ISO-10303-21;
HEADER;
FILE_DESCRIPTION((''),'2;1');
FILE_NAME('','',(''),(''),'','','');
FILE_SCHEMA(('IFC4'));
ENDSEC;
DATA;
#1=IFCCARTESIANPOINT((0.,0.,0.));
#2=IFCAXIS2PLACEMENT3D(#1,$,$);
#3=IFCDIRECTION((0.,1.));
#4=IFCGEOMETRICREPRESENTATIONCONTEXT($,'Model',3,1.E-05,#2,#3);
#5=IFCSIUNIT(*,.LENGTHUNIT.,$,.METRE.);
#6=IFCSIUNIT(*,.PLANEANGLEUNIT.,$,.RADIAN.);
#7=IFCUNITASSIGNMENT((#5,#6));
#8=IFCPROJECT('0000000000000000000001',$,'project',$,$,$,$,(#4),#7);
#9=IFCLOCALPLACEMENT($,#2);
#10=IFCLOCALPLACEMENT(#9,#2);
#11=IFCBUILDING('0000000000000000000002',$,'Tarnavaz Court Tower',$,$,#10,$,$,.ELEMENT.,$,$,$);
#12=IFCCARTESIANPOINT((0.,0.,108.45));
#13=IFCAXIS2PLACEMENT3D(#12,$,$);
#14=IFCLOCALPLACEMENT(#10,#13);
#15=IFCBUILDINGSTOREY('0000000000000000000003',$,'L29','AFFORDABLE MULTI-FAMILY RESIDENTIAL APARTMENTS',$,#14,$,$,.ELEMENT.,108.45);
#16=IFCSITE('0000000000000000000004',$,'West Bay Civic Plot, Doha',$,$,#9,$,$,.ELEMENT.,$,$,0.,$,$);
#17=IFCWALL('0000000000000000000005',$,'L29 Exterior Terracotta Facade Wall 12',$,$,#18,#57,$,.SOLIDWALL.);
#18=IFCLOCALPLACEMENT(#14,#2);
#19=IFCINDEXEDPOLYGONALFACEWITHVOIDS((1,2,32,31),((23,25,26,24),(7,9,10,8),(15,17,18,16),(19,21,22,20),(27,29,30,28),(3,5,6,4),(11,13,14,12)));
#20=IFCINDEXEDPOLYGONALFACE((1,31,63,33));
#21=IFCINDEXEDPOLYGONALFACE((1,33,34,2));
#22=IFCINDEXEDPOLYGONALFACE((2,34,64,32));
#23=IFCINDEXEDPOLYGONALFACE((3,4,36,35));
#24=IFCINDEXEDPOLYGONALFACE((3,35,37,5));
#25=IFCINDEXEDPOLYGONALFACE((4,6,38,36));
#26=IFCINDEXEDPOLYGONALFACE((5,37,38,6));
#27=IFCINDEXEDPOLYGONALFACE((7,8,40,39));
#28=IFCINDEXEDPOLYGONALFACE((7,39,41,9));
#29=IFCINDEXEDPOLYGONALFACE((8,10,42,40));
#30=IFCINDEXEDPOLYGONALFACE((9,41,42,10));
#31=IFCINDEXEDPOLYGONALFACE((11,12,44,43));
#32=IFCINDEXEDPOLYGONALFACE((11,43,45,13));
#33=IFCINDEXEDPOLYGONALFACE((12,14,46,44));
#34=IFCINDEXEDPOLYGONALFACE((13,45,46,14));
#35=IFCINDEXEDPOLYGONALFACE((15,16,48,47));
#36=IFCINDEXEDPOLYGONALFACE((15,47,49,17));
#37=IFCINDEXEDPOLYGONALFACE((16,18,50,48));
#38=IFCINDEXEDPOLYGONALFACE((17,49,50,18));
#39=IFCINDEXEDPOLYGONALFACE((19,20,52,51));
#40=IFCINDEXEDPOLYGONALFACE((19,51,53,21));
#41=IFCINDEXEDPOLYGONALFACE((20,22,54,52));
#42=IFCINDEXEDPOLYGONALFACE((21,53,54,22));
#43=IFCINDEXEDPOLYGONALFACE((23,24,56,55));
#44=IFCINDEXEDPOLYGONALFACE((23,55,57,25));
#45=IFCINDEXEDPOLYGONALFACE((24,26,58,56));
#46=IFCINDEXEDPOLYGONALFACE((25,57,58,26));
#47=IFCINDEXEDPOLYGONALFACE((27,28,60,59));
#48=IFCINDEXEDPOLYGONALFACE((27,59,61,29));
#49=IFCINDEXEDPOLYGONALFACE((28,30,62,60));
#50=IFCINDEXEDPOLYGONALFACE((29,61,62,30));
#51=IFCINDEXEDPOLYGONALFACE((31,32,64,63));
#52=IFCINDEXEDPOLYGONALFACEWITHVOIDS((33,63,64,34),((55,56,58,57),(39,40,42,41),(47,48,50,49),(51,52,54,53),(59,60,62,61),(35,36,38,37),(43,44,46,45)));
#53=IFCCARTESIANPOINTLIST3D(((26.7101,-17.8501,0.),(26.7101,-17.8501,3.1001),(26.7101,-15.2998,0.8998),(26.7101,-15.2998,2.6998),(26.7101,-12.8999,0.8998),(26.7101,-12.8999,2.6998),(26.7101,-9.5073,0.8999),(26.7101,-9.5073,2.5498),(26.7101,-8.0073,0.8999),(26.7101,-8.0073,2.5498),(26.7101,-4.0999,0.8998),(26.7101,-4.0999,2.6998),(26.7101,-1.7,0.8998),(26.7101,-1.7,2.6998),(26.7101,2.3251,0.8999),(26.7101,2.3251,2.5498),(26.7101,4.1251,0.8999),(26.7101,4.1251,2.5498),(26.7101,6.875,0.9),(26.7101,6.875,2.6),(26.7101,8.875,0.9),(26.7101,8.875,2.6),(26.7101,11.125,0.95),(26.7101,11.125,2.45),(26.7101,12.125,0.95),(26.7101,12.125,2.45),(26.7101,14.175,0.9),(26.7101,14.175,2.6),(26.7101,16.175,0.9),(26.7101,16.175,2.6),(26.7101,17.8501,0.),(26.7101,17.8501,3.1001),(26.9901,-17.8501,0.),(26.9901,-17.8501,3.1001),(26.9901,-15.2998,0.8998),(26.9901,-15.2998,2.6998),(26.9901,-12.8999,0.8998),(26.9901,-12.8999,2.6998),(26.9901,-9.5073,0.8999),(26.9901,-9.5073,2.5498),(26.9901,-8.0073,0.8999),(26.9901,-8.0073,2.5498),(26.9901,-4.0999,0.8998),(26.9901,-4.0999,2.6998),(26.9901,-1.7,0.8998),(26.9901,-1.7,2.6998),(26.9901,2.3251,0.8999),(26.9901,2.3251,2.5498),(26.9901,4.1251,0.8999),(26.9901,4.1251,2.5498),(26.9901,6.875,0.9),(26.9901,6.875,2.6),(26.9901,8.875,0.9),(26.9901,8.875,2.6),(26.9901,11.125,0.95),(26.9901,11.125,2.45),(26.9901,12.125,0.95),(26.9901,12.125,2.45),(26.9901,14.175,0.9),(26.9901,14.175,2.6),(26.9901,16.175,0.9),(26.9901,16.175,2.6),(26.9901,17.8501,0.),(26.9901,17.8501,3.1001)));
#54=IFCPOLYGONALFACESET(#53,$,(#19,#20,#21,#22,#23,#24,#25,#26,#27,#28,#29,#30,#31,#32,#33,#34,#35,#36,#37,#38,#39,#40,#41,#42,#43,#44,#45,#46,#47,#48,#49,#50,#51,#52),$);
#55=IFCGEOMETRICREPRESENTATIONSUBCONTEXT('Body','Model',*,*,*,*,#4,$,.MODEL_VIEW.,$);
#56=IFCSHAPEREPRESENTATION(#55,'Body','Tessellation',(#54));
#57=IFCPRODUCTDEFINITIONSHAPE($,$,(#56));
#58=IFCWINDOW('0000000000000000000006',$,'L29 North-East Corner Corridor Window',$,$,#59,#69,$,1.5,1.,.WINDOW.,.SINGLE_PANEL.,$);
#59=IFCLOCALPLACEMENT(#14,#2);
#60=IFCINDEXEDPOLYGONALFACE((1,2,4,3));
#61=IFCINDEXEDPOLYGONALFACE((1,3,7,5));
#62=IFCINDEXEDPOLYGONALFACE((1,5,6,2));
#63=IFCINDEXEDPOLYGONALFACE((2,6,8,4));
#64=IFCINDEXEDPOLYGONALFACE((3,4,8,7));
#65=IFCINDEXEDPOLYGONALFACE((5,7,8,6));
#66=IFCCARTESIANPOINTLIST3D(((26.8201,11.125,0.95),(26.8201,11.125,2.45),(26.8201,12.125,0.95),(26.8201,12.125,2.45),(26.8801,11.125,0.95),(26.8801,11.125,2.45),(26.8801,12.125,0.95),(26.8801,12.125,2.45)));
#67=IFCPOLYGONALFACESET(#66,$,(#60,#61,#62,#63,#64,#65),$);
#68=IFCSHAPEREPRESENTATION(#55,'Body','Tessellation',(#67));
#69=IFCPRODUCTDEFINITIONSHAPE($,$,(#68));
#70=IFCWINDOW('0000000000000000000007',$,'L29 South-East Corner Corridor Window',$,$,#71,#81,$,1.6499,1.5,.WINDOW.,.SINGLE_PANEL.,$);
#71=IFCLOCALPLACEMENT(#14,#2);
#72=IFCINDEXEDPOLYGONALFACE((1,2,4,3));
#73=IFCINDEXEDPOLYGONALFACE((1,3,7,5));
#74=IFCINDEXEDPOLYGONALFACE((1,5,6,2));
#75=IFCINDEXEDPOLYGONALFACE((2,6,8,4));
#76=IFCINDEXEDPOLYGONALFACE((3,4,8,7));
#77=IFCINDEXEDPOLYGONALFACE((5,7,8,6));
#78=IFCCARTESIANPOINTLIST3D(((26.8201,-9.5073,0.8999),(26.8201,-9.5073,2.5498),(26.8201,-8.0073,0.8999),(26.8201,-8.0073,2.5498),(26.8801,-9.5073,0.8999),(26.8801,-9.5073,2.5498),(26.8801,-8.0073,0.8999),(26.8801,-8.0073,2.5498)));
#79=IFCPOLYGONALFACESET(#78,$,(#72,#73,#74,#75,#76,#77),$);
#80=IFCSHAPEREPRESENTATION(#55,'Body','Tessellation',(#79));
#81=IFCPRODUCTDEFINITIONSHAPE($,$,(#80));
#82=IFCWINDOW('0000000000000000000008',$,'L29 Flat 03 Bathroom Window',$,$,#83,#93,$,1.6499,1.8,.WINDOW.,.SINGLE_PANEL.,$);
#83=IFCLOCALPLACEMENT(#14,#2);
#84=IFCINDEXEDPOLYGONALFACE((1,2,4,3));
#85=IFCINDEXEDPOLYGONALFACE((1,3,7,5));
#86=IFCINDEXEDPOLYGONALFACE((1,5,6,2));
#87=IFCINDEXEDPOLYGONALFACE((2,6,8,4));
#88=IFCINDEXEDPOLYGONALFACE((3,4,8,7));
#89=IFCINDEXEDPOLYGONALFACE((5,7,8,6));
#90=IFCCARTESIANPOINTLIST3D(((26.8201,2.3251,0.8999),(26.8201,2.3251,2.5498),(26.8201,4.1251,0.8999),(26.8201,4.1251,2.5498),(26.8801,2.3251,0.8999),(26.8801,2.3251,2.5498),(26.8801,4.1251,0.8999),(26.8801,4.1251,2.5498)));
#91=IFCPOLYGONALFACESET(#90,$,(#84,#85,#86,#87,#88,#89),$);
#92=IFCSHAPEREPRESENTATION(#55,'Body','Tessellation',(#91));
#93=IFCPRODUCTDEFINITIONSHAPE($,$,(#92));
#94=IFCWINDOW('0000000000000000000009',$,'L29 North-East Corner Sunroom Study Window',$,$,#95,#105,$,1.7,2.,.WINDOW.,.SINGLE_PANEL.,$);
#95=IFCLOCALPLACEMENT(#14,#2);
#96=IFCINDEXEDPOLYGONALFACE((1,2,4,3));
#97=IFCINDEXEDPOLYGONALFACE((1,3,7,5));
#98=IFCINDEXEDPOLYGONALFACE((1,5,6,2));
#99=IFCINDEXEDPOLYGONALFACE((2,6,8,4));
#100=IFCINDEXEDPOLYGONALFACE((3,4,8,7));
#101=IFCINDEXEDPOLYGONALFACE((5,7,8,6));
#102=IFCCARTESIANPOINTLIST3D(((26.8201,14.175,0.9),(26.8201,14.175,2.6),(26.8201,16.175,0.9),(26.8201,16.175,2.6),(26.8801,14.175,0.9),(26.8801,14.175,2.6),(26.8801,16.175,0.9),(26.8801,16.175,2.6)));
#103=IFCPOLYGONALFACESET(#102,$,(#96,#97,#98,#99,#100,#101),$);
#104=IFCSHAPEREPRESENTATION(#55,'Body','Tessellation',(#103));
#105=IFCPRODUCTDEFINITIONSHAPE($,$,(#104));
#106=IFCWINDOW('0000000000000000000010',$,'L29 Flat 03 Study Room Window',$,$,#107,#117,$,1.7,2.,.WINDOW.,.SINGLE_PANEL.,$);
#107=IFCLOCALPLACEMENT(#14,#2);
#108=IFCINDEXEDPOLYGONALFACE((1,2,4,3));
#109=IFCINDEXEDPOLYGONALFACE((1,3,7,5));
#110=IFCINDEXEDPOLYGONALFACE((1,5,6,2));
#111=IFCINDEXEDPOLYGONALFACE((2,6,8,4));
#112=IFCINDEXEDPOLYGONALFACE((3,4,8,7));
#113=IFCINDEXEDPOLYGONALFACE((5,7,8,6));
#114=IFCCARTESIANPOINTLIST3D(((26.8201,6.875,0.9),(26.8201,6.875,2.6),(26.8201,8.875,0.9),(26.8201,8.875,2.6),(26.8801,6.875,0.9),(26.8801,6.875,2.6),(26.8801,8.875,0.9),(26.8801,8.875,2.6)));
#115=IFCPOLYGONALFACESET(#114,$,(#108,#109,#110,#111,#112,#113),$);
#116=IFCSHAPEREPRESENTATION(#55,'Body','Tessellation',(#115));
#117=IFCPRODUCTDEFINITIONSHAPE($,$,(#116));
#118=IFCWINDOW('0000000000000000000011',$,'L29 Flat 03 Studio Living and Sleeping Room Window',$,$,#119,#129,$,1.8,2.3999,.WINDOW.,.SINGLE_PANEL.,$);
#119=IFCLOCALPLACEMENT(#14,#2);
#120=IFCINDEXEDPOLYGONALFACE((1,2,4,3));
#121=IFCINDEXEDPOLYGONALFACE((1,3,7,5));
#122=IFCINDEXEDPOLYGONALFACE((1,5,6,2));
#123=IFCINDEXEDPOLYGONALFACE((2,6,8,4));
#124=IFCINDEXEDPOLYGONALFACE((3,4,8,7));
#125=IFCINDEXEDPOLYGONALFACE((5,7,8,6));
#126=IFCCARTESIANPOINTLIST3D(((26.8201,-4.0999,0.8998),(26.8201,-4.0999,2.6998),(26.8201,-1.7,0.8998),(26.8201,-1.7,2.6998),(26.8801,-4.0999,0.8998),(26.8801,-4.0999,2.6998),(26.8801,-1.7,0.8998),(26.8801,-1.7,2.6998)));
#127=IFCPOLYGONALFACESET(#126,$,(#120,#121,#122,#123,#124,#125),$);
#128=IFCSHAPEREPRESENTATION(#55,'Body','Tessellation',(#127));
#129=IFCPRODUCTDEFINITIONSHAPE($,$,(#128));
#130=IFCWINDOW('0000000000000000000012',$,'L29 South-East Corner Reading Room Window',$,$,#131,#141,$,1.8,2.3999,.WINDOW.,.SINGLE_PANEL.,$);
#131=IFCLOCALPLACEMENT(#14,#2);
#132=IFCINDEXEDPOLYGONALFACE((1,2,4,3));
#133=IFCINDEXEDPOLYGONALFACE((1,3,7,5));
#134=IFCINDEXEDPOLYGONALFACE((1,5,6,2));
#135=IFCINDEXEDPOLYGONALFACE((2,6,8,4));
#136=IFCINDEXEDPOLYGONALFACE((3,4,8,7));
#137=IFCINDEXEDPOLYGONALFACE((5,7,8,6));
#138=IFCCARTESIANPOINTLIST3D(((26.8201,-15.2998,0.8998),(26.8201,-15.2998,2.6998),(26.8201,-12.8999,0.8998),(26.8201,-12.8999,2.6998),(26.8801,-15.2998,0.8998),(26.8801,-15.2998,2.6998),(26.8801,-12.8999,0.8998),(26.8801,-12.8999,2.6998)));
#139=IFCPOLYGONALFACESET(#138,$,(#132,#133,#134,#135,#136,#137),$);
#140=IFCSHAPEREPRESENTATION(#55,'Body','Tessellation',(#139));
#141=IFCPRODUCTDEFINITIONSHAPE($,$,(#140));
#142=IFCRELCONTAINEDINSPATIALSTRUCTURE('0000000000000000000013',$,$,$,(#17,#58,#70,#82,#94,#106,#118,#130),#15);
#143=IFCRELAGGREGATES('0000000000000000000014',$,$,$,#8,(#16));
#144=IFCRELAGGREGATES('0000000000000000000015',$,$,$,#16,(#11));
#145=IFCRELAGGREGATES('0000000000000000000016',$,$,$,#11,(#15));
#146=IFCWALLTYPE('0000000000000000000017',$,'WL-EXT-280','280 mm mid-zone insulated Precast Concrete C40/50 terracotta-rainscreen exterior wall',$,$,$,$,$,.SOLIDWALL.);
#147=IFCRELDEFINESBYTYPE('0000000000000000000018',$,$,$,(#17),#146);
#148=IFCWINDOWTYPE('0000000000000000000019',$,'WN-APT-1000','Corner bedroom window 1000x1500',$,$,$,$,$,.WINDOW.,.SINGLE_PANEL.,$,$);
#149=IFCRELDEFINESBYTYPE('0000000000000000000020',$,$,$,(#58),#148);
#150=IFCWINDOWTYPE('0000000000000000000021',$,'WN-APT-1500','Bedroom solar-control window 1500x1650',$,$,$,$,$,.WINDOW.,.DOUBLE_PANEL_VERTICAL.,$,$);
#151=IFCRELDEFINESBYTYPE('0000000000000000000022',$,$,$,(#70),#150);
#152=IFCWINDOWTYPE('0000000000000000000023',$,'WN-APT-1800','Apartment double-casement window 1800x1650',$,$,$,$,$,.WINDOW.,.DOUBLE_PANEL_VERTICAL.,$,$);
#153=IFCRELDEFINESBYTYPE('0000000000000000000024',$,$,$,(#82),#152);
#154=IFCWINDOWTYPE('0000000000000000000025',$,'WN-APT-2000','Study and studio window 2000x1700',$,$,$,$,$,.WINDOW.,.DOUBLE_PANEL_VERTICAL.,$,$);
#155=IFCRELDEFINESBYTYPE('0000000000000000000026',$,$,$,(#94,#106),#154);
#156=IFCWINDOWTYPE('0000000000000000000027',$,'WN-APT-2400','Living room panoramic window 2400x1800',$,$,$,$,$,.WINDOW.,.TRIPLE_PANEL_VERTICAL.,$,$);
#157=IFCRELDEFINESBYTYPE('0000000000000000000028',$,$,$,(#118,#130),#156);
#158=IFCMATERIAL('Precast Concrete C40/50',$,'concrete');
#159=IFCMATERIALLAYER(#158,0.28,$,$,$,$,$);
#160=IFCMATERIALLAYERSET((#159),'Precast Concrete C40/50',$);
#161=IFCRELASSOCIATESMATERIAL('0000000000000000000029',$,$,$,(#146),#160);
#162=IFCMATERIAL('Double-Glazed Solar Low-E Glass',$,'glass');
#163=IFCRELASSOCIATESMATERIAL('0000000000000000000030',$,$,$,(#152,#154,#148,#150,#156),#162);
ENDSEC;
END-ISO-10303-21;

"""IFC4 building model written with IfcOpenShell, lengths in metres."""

from ifc_helpers import new_model, si_unit, direction, frame, frame_2d, origin, place, context, subcontext, project, spatial, rectangle, extrude, material, layer, layer_set, type_object, element, fill, save


model = new_model("IFC4")

# Units and contexts
model_context = context("Model", 3, precision=1e-05, world=origin(), true_north=direction((0.0, 1.0)))
body_context = subcontext(model_context, "Body", "Model", "MODEL_VIEW")
ifc_project = project(units=[si_unit("LENGTHUNIT", "METRE"), si_unit("PLANEANGLEUNIT", "RADIAN")], contexts=[model_context])

# Site, building, storey
site_placement = place(None, origin())
site = spatial("IfcSite", under=ifc_project, at=site_placement, Name="West Bay Civic Plot, Doha", CompositionType="ELEMENT", RefElevation=0.0)
building_placement = place(site_placement, origin())
building = spatial("IfcBuilding", under=site, at=building_placement, Name="Tarnavaz Court Tower", CompositionType="ELEMENT")
storey_placement = place(building_placement, frame((0.0, 0.0, 108.45)))
storey = spatial("IfcBuildingStorey", under=building, at=storey_placement, Name="L29", Description="AFFORDABLE MULTI-FAMILY RESIDENTIAL APARTMENTS", CompositionType="ELEMENT", Elevation=108.45)

# Shared definitions
ifc_material_1 = material(Name="Precast Concrete C40/50", Category="concrete")
ifc_layer_1 = layer(ifc_material_1, 0.28)
ifc_layer_set_1 = layer_set([ifc_layer_1], Name="Precast Concrete C40/50")
wall_type_1 = type_object("IfcWallType", Name="WL-EXT-280", Description="280 mm mid-zone insulated Precast Concrete C40/50 terracotta-rainscreen exterior wall", PredefinedType="SOLIDWALL", material=ifc_layer_set_1)
ifc_material_2 = material(Name="Double-Glazed Solar Low-E Glass", Category="glass")
window_type_1 = type_object("IfcWindowType", Name="WN-APT-1800", Description="Apartment double-casement window 1800x1650", PartitioningType="DOUBLE_PANEL_VERTICAL", PredefinedType="WINDOW", material=ifc_material_2)
window_type_2 = type_object("IfcWindowType", Name="WN-APT-2000", Description="Study and studio window 2000x1700", PartitioningType="DOUBLE_PANEL_VERTICAL", PredefinedType="WINDOW", material=ifc_material_2)

# Wall, openings, windows
wall_1_placement = place(storey_placement, frame((26.8501, 17.8501, 0.0), z_axis=(0.0, 0.0, 1.0), x_axis=(0.0, -1.0, 0.0)))
wall_1 = element("IfcWall", 1, at=wall_1_placement, inside=storey, type_object=wall_type_1, Name="L29 Exterior Terracotta Facade Wall 12", PredefinedType="SOLIDWALL", context=body_context, shape_type="SweptSolid", body=[
    extrude(rectangle(XDim=35.7002, YDim=0.28, at=frame_2d((17.8501, 0.0))), origin(), (0.0, 0.0, 1.0), 3.1001),
])
opening_1_placement = place(wall_1_placement, frame((1.675, 0.0, 0.8999)))
opening_1 = element("IfcOpeningElement", 2, at=opening_1_placement, cuts=wall_1, PredefinedType="OPENING", context=body_context, shape_type="SweptSolid", body=[
    extrude(rectangle(XDim=2.0, YDim=1.7, at=frame_2d((1.0, 0.8501))), frame((0.0, 0.1499, 0.0), z_axis=(0.0, -1.0, 0.0), x_axis=(1.0, 0.0, 0.0)), (0.0, 0.0, 1.0), 0.3),
])
opening_2_placement = place(wall_1_placement, frame((5.7251, 0.0, 0.95)))
opening_2 = element("IfcOpeningElement", 3, at=opening_2_placement, cuts=wall_1, PredefinedType="OPENING", context=body_context, shape_type="SweptSolid", body=[
    extrude(rectangle(XDim=1.0, YDim=1.5, at=frame_2d((0.5, 0.75))), frame((0.0, 0.1499, 0.0), z_axis=(0.0, -1.0, 0.0), x_axis=(1.0, 0.0, 0.0)), (0.0, 0.0, 1.0), 0.3),
])
opening_3_placement = place(wall_1_placement, frame((8.9751, 0.0, 0.8999)))
opening_3 = element("IfcOpeningElement", 4, at=opening_3_placement, cuts=wall_1, PredefinedType="OPENING", context=body_context, shape_type="SweptSolid", body=[
    extrude(rectangle(XDim=2.0, YDim=1.7, at=frame_2d((1.0, 0.8501))), frame((0.0, 0.1499, 0.0), z_axis=(0.0, -1.0, 0.0), x_axis=(1.0, 0.0, 0.0)), (0.0, 0.0, 1.0), 0.3),
])
opening_4_placement = place(wall_1_placement, frame((13.7251, 0.0, 0.8999)))
opening_4 = element("IfcOpeningElement", 5, at=opening_4_placement, cuts=wall_1, PredefinedType="OPENING", context=body_context, shape_type="SweptSolid", body=[
    extrude(rectangle(XDim=1.8, YDim=1.6499, at=frame_2d((0.8999, 0.825))), frame((0.0, 0.1499, 0.0), z_axis=(0.0, -1.0, 0.0), x_axis=(1.0, 0.0, 0.0)), (0.0, 0.0, 1.0), 0.3),
])
opening_5_placement = place(wall_1_placement, frame((19.55, 0.0, 0.8999)))
opening_5 = element("IfcOpeningElement", 6, at=opening_5_placement, cuts=wall_1, PredefinedType="OPENING", context=body_context, shape_type="SweptSolid", body=[
    extrude(rectangle(XDim=2.3999, YDim=1.8, at=frame_2d((1.2, 0.8999))), frame((0.0, 0.1499, 0.0), z_axis=(0.0, -1.0, 0.0), x_axis=(1.0, 0.0, 0.0)), (0.0, 0.0, 1.0), 0.3),
])
opening_6_placement = place(wall_1_placement, frame((25.8574, 0.0, 0.8999)))
opening_6 = element("IfcOpeningElement", 7, at=opening_6_placement, cuts=wall_1, PredefinedType="OPENING", context=body_context, shape_type="SweptSolid", body=[
    extrude(rectangle(XDim=1.5, YDim=1.6499, at=frame_2d((0.75, 0.825))), frame((0.0, 0.1499, 0.0), z_axis=(0.0, -1.0, 0.0), x_axis=(1.0, 0.0, 0.0)), (0.0, 0.0, 1.0), 0.3),
])
opening_7_placement = place(wall_1_placement, frame((30.75, 0.0, 0.8999)))
opening_7 = element("IfcOpeningElement", 8, at=opening_7_placement, cuts=wall_1, PredefinedType="OPENING", context=body_context, shape_type="SweptSolid", body=[
    extrude(rectangle(XDim=2.3999, YDim=1.8, at=frame_2d((1.2, 0.8999))), frame((0.0, 0.1499, 0.0), z_axis=(0.0, -1.0, 0.0), x_axis=(1.0, 0.0, 0.0)), (0.0, 0.0, 1.0), 0.3),
])
window_type_3 = type_object("IfcWindowType", Name="WN-APT-1000", Description="Corner bedroom window 1000x1500", PartitioningType="SINGLE_PANEL", PredefinedType="WINDOW", material=ifc_material_2)
window_1_placement = place(opening_2_placement, origin())
window_1 = element("IfcWindow", 9, at=window_1_placement, inside=storey, type_object=window_type_3, Name="L29 North-East Corner Corridor Window", OverallHeight=1.5, OverallWidth=1.0, PartitioningType="SINGLE_PANEL", PredefinedType="WINDOW", context=body_context, shape_type="SweptSolid", body=[
    extrude(rectangle(XDim=1.0, YDim=1.5, at=frame_2d((0.5, 0.75))), frame((0.0, 0.03, 0.0), z_axis=(0.0, -1.0, 0.0), x_axis=(1.0, 0.0, 0.0)), (0.0, 0.0, 1.0), 0.0601),
])
fill(opening_2, window_1)
window_type_4 = type_object("IfcWindowType", Name="WN-APT-1500", Description="Bedroom solar-control window 1500x1650", PartitioningType="DOUBLE_PANEL_VERTICAL", PredefinedType="WINDOW", material=ifc_material_2)
window_2_placement = place(opening_6_placement, origin())
window_2 = element("IfcWindow", 10, at=window_2_placement, inside=storey, type_object=window_type_4, Name="L29 South-East Corner Corridor Window", OverallHeight=1.6499, OverallWidth=1.5, PartitioningType="SINGLE_PANEL", PredefinedType="WINDOW", context=body_context, shape_type="SweptSolid", body=[
    extrude(rectangle(XDim=1.5, YDim=1.6499, at=frame_2d((0.75, 0.825))), frame((0.0, 0.03, 0.0), z_axis=(0.0, -1.0, 0.0), x_axis=(1.0, 0.0, 0.0)), (0.0, 0.0, 1.0), 0.0601),
])
fill(opening_6, window_2)
window_3_placement = place(opening_4_placement, origin())
window_3 = element("IfcWindow", 11, at=window_3_placement, inside=storey, type_object=window_type_1, Name="L29 Flat 03 Bathroom Window", OverallHeight=1.6499, OverallWidth=1.8, PartitioningType="SINGLE_PANEL", PredefinedType="WINDOW", context=body_context, shape_type="SweptSolid", body=[
    extrude(rectangle(XDim=1.8, YDim=1.6499, at=frame_2d((0.8999, 0.825))), frame((0.0, 0.03, 0.0), z_axis=(0.0, -1.0, 0.0), x_axis=(1.0, 0.0, 0.0)), (0.0, 0.0, 1.0), 0.0601),
])
fill(opening_4, window_3)
window_4_placement = place(opening_1_placement, origin())
window_4 = element("IfcWindow", 12, at=window_4_placement, inside=storey, type_object=window_type_2, Name="L29 North-East Corner Sunroom Study Window", OverallHeight=1.7, OverallWidth=2.0, PartitioningType="SINGLE_PANEL", PredefinedType="WINDOW", context=body_context, shape_type="SweptSolid", body=[
    extrude(rectangle(XDim=2.0, YDim=1.7, at=frame_2d((1.0, 0.8501))), frame((0.0, 0.03, 0.0), z_axis=(0.0, -1.0, 0.0), x_axis=(1.0, 0.0, 0.0)), (0.0, 0.0, 1.0), 0.0601),
])
fill(opening_1, window_4)
window_5_placement = place(opening_3_placement, origin())
window_5 = element("IfcWindow", 13, at=window_5_placement, inside=storey, type_object=window_type_2, Name="L29 Flat 03 Study Room Window", OverallHeight=1.7, OverallWidth=2.0, PartitioningType="SINGLE_PANEL", PredefinedType="WINDOW", context=body_context, shape_type="SweptSolid", body=[
    extrude(rectangle(XDim=2.0, YDim=1.7, at=frame_2d((1.0, 0.8501))), frame((0.0, 0.03, 0.0), z_axis=(0.0, -1.0, 0.0), x_axis=(1.0, 0.0, 0.0)), (0.0, 0.0, 1.0), 0.0601),
])
fill(opening_3, window_5)
window_type_5 = type_object("IfcWindowType", Name="WN-APT-2400", Description="Living room panoramic window 2400x1800", PartitioningType="TRIPLE_PANEL_VERTICAL", PredefinedType="WINDOW", material=ifc_material_2)
window_6_placement = place(opening_5_placement, origin())
window_6 = element("IfcWindow", 14, at=window_6_placement, inside=storey, type_object=window_type_5, Name="L29 Flat 03 Studio Living and Sleeping Room Window", OverallHeight=1.8, OverallWidth=2.3999, PartitioningType="SINGLE_PANEL", PredefinedType="WINDOW", context=body_context, shape_type="SweptSolid", body=[
    extrude(rectangle(XDim=2.3999, YDim=1.8, at=frame_2d((1.2, 0.8999))), frame((0.0, 0.03, 0.0), z_axis=(0.0, -1.0, 0.0), x_axis=(1.0, 0.0, 0.0)), (0.0, 0.0, 1.0), 0.0601),
])
fill(opening_5, window_6)
window_7_placement = place(opening_7_placement, origin())
window_7 = element("IfcWindow", 15, at=window_7_placement, inside=storey, type_object=window_type_5, Name="L29 South-East Corner Reading Room Window", OverallHeight=1.8, OverallWidth=2.3999, PartitioningType="SINGLE_PANEL", PredefinedType="WINDOW", context=body_context, shape_type="SweptSolid", body=[
    extrude(rectangle(XDim=2.3999, YDim=1.8, at=frame_2d((1.2, 0.8999))), frame((0.0, 0.03, 0.0), z_axis=(0.0, -1.0, 0.0), x_axis=(1.0, 0.0, 0.0)), (0.0, 0.0, 1.0), 0.0601),
])
fill(opening_7, window_7)

save(model, "model.ifc")
